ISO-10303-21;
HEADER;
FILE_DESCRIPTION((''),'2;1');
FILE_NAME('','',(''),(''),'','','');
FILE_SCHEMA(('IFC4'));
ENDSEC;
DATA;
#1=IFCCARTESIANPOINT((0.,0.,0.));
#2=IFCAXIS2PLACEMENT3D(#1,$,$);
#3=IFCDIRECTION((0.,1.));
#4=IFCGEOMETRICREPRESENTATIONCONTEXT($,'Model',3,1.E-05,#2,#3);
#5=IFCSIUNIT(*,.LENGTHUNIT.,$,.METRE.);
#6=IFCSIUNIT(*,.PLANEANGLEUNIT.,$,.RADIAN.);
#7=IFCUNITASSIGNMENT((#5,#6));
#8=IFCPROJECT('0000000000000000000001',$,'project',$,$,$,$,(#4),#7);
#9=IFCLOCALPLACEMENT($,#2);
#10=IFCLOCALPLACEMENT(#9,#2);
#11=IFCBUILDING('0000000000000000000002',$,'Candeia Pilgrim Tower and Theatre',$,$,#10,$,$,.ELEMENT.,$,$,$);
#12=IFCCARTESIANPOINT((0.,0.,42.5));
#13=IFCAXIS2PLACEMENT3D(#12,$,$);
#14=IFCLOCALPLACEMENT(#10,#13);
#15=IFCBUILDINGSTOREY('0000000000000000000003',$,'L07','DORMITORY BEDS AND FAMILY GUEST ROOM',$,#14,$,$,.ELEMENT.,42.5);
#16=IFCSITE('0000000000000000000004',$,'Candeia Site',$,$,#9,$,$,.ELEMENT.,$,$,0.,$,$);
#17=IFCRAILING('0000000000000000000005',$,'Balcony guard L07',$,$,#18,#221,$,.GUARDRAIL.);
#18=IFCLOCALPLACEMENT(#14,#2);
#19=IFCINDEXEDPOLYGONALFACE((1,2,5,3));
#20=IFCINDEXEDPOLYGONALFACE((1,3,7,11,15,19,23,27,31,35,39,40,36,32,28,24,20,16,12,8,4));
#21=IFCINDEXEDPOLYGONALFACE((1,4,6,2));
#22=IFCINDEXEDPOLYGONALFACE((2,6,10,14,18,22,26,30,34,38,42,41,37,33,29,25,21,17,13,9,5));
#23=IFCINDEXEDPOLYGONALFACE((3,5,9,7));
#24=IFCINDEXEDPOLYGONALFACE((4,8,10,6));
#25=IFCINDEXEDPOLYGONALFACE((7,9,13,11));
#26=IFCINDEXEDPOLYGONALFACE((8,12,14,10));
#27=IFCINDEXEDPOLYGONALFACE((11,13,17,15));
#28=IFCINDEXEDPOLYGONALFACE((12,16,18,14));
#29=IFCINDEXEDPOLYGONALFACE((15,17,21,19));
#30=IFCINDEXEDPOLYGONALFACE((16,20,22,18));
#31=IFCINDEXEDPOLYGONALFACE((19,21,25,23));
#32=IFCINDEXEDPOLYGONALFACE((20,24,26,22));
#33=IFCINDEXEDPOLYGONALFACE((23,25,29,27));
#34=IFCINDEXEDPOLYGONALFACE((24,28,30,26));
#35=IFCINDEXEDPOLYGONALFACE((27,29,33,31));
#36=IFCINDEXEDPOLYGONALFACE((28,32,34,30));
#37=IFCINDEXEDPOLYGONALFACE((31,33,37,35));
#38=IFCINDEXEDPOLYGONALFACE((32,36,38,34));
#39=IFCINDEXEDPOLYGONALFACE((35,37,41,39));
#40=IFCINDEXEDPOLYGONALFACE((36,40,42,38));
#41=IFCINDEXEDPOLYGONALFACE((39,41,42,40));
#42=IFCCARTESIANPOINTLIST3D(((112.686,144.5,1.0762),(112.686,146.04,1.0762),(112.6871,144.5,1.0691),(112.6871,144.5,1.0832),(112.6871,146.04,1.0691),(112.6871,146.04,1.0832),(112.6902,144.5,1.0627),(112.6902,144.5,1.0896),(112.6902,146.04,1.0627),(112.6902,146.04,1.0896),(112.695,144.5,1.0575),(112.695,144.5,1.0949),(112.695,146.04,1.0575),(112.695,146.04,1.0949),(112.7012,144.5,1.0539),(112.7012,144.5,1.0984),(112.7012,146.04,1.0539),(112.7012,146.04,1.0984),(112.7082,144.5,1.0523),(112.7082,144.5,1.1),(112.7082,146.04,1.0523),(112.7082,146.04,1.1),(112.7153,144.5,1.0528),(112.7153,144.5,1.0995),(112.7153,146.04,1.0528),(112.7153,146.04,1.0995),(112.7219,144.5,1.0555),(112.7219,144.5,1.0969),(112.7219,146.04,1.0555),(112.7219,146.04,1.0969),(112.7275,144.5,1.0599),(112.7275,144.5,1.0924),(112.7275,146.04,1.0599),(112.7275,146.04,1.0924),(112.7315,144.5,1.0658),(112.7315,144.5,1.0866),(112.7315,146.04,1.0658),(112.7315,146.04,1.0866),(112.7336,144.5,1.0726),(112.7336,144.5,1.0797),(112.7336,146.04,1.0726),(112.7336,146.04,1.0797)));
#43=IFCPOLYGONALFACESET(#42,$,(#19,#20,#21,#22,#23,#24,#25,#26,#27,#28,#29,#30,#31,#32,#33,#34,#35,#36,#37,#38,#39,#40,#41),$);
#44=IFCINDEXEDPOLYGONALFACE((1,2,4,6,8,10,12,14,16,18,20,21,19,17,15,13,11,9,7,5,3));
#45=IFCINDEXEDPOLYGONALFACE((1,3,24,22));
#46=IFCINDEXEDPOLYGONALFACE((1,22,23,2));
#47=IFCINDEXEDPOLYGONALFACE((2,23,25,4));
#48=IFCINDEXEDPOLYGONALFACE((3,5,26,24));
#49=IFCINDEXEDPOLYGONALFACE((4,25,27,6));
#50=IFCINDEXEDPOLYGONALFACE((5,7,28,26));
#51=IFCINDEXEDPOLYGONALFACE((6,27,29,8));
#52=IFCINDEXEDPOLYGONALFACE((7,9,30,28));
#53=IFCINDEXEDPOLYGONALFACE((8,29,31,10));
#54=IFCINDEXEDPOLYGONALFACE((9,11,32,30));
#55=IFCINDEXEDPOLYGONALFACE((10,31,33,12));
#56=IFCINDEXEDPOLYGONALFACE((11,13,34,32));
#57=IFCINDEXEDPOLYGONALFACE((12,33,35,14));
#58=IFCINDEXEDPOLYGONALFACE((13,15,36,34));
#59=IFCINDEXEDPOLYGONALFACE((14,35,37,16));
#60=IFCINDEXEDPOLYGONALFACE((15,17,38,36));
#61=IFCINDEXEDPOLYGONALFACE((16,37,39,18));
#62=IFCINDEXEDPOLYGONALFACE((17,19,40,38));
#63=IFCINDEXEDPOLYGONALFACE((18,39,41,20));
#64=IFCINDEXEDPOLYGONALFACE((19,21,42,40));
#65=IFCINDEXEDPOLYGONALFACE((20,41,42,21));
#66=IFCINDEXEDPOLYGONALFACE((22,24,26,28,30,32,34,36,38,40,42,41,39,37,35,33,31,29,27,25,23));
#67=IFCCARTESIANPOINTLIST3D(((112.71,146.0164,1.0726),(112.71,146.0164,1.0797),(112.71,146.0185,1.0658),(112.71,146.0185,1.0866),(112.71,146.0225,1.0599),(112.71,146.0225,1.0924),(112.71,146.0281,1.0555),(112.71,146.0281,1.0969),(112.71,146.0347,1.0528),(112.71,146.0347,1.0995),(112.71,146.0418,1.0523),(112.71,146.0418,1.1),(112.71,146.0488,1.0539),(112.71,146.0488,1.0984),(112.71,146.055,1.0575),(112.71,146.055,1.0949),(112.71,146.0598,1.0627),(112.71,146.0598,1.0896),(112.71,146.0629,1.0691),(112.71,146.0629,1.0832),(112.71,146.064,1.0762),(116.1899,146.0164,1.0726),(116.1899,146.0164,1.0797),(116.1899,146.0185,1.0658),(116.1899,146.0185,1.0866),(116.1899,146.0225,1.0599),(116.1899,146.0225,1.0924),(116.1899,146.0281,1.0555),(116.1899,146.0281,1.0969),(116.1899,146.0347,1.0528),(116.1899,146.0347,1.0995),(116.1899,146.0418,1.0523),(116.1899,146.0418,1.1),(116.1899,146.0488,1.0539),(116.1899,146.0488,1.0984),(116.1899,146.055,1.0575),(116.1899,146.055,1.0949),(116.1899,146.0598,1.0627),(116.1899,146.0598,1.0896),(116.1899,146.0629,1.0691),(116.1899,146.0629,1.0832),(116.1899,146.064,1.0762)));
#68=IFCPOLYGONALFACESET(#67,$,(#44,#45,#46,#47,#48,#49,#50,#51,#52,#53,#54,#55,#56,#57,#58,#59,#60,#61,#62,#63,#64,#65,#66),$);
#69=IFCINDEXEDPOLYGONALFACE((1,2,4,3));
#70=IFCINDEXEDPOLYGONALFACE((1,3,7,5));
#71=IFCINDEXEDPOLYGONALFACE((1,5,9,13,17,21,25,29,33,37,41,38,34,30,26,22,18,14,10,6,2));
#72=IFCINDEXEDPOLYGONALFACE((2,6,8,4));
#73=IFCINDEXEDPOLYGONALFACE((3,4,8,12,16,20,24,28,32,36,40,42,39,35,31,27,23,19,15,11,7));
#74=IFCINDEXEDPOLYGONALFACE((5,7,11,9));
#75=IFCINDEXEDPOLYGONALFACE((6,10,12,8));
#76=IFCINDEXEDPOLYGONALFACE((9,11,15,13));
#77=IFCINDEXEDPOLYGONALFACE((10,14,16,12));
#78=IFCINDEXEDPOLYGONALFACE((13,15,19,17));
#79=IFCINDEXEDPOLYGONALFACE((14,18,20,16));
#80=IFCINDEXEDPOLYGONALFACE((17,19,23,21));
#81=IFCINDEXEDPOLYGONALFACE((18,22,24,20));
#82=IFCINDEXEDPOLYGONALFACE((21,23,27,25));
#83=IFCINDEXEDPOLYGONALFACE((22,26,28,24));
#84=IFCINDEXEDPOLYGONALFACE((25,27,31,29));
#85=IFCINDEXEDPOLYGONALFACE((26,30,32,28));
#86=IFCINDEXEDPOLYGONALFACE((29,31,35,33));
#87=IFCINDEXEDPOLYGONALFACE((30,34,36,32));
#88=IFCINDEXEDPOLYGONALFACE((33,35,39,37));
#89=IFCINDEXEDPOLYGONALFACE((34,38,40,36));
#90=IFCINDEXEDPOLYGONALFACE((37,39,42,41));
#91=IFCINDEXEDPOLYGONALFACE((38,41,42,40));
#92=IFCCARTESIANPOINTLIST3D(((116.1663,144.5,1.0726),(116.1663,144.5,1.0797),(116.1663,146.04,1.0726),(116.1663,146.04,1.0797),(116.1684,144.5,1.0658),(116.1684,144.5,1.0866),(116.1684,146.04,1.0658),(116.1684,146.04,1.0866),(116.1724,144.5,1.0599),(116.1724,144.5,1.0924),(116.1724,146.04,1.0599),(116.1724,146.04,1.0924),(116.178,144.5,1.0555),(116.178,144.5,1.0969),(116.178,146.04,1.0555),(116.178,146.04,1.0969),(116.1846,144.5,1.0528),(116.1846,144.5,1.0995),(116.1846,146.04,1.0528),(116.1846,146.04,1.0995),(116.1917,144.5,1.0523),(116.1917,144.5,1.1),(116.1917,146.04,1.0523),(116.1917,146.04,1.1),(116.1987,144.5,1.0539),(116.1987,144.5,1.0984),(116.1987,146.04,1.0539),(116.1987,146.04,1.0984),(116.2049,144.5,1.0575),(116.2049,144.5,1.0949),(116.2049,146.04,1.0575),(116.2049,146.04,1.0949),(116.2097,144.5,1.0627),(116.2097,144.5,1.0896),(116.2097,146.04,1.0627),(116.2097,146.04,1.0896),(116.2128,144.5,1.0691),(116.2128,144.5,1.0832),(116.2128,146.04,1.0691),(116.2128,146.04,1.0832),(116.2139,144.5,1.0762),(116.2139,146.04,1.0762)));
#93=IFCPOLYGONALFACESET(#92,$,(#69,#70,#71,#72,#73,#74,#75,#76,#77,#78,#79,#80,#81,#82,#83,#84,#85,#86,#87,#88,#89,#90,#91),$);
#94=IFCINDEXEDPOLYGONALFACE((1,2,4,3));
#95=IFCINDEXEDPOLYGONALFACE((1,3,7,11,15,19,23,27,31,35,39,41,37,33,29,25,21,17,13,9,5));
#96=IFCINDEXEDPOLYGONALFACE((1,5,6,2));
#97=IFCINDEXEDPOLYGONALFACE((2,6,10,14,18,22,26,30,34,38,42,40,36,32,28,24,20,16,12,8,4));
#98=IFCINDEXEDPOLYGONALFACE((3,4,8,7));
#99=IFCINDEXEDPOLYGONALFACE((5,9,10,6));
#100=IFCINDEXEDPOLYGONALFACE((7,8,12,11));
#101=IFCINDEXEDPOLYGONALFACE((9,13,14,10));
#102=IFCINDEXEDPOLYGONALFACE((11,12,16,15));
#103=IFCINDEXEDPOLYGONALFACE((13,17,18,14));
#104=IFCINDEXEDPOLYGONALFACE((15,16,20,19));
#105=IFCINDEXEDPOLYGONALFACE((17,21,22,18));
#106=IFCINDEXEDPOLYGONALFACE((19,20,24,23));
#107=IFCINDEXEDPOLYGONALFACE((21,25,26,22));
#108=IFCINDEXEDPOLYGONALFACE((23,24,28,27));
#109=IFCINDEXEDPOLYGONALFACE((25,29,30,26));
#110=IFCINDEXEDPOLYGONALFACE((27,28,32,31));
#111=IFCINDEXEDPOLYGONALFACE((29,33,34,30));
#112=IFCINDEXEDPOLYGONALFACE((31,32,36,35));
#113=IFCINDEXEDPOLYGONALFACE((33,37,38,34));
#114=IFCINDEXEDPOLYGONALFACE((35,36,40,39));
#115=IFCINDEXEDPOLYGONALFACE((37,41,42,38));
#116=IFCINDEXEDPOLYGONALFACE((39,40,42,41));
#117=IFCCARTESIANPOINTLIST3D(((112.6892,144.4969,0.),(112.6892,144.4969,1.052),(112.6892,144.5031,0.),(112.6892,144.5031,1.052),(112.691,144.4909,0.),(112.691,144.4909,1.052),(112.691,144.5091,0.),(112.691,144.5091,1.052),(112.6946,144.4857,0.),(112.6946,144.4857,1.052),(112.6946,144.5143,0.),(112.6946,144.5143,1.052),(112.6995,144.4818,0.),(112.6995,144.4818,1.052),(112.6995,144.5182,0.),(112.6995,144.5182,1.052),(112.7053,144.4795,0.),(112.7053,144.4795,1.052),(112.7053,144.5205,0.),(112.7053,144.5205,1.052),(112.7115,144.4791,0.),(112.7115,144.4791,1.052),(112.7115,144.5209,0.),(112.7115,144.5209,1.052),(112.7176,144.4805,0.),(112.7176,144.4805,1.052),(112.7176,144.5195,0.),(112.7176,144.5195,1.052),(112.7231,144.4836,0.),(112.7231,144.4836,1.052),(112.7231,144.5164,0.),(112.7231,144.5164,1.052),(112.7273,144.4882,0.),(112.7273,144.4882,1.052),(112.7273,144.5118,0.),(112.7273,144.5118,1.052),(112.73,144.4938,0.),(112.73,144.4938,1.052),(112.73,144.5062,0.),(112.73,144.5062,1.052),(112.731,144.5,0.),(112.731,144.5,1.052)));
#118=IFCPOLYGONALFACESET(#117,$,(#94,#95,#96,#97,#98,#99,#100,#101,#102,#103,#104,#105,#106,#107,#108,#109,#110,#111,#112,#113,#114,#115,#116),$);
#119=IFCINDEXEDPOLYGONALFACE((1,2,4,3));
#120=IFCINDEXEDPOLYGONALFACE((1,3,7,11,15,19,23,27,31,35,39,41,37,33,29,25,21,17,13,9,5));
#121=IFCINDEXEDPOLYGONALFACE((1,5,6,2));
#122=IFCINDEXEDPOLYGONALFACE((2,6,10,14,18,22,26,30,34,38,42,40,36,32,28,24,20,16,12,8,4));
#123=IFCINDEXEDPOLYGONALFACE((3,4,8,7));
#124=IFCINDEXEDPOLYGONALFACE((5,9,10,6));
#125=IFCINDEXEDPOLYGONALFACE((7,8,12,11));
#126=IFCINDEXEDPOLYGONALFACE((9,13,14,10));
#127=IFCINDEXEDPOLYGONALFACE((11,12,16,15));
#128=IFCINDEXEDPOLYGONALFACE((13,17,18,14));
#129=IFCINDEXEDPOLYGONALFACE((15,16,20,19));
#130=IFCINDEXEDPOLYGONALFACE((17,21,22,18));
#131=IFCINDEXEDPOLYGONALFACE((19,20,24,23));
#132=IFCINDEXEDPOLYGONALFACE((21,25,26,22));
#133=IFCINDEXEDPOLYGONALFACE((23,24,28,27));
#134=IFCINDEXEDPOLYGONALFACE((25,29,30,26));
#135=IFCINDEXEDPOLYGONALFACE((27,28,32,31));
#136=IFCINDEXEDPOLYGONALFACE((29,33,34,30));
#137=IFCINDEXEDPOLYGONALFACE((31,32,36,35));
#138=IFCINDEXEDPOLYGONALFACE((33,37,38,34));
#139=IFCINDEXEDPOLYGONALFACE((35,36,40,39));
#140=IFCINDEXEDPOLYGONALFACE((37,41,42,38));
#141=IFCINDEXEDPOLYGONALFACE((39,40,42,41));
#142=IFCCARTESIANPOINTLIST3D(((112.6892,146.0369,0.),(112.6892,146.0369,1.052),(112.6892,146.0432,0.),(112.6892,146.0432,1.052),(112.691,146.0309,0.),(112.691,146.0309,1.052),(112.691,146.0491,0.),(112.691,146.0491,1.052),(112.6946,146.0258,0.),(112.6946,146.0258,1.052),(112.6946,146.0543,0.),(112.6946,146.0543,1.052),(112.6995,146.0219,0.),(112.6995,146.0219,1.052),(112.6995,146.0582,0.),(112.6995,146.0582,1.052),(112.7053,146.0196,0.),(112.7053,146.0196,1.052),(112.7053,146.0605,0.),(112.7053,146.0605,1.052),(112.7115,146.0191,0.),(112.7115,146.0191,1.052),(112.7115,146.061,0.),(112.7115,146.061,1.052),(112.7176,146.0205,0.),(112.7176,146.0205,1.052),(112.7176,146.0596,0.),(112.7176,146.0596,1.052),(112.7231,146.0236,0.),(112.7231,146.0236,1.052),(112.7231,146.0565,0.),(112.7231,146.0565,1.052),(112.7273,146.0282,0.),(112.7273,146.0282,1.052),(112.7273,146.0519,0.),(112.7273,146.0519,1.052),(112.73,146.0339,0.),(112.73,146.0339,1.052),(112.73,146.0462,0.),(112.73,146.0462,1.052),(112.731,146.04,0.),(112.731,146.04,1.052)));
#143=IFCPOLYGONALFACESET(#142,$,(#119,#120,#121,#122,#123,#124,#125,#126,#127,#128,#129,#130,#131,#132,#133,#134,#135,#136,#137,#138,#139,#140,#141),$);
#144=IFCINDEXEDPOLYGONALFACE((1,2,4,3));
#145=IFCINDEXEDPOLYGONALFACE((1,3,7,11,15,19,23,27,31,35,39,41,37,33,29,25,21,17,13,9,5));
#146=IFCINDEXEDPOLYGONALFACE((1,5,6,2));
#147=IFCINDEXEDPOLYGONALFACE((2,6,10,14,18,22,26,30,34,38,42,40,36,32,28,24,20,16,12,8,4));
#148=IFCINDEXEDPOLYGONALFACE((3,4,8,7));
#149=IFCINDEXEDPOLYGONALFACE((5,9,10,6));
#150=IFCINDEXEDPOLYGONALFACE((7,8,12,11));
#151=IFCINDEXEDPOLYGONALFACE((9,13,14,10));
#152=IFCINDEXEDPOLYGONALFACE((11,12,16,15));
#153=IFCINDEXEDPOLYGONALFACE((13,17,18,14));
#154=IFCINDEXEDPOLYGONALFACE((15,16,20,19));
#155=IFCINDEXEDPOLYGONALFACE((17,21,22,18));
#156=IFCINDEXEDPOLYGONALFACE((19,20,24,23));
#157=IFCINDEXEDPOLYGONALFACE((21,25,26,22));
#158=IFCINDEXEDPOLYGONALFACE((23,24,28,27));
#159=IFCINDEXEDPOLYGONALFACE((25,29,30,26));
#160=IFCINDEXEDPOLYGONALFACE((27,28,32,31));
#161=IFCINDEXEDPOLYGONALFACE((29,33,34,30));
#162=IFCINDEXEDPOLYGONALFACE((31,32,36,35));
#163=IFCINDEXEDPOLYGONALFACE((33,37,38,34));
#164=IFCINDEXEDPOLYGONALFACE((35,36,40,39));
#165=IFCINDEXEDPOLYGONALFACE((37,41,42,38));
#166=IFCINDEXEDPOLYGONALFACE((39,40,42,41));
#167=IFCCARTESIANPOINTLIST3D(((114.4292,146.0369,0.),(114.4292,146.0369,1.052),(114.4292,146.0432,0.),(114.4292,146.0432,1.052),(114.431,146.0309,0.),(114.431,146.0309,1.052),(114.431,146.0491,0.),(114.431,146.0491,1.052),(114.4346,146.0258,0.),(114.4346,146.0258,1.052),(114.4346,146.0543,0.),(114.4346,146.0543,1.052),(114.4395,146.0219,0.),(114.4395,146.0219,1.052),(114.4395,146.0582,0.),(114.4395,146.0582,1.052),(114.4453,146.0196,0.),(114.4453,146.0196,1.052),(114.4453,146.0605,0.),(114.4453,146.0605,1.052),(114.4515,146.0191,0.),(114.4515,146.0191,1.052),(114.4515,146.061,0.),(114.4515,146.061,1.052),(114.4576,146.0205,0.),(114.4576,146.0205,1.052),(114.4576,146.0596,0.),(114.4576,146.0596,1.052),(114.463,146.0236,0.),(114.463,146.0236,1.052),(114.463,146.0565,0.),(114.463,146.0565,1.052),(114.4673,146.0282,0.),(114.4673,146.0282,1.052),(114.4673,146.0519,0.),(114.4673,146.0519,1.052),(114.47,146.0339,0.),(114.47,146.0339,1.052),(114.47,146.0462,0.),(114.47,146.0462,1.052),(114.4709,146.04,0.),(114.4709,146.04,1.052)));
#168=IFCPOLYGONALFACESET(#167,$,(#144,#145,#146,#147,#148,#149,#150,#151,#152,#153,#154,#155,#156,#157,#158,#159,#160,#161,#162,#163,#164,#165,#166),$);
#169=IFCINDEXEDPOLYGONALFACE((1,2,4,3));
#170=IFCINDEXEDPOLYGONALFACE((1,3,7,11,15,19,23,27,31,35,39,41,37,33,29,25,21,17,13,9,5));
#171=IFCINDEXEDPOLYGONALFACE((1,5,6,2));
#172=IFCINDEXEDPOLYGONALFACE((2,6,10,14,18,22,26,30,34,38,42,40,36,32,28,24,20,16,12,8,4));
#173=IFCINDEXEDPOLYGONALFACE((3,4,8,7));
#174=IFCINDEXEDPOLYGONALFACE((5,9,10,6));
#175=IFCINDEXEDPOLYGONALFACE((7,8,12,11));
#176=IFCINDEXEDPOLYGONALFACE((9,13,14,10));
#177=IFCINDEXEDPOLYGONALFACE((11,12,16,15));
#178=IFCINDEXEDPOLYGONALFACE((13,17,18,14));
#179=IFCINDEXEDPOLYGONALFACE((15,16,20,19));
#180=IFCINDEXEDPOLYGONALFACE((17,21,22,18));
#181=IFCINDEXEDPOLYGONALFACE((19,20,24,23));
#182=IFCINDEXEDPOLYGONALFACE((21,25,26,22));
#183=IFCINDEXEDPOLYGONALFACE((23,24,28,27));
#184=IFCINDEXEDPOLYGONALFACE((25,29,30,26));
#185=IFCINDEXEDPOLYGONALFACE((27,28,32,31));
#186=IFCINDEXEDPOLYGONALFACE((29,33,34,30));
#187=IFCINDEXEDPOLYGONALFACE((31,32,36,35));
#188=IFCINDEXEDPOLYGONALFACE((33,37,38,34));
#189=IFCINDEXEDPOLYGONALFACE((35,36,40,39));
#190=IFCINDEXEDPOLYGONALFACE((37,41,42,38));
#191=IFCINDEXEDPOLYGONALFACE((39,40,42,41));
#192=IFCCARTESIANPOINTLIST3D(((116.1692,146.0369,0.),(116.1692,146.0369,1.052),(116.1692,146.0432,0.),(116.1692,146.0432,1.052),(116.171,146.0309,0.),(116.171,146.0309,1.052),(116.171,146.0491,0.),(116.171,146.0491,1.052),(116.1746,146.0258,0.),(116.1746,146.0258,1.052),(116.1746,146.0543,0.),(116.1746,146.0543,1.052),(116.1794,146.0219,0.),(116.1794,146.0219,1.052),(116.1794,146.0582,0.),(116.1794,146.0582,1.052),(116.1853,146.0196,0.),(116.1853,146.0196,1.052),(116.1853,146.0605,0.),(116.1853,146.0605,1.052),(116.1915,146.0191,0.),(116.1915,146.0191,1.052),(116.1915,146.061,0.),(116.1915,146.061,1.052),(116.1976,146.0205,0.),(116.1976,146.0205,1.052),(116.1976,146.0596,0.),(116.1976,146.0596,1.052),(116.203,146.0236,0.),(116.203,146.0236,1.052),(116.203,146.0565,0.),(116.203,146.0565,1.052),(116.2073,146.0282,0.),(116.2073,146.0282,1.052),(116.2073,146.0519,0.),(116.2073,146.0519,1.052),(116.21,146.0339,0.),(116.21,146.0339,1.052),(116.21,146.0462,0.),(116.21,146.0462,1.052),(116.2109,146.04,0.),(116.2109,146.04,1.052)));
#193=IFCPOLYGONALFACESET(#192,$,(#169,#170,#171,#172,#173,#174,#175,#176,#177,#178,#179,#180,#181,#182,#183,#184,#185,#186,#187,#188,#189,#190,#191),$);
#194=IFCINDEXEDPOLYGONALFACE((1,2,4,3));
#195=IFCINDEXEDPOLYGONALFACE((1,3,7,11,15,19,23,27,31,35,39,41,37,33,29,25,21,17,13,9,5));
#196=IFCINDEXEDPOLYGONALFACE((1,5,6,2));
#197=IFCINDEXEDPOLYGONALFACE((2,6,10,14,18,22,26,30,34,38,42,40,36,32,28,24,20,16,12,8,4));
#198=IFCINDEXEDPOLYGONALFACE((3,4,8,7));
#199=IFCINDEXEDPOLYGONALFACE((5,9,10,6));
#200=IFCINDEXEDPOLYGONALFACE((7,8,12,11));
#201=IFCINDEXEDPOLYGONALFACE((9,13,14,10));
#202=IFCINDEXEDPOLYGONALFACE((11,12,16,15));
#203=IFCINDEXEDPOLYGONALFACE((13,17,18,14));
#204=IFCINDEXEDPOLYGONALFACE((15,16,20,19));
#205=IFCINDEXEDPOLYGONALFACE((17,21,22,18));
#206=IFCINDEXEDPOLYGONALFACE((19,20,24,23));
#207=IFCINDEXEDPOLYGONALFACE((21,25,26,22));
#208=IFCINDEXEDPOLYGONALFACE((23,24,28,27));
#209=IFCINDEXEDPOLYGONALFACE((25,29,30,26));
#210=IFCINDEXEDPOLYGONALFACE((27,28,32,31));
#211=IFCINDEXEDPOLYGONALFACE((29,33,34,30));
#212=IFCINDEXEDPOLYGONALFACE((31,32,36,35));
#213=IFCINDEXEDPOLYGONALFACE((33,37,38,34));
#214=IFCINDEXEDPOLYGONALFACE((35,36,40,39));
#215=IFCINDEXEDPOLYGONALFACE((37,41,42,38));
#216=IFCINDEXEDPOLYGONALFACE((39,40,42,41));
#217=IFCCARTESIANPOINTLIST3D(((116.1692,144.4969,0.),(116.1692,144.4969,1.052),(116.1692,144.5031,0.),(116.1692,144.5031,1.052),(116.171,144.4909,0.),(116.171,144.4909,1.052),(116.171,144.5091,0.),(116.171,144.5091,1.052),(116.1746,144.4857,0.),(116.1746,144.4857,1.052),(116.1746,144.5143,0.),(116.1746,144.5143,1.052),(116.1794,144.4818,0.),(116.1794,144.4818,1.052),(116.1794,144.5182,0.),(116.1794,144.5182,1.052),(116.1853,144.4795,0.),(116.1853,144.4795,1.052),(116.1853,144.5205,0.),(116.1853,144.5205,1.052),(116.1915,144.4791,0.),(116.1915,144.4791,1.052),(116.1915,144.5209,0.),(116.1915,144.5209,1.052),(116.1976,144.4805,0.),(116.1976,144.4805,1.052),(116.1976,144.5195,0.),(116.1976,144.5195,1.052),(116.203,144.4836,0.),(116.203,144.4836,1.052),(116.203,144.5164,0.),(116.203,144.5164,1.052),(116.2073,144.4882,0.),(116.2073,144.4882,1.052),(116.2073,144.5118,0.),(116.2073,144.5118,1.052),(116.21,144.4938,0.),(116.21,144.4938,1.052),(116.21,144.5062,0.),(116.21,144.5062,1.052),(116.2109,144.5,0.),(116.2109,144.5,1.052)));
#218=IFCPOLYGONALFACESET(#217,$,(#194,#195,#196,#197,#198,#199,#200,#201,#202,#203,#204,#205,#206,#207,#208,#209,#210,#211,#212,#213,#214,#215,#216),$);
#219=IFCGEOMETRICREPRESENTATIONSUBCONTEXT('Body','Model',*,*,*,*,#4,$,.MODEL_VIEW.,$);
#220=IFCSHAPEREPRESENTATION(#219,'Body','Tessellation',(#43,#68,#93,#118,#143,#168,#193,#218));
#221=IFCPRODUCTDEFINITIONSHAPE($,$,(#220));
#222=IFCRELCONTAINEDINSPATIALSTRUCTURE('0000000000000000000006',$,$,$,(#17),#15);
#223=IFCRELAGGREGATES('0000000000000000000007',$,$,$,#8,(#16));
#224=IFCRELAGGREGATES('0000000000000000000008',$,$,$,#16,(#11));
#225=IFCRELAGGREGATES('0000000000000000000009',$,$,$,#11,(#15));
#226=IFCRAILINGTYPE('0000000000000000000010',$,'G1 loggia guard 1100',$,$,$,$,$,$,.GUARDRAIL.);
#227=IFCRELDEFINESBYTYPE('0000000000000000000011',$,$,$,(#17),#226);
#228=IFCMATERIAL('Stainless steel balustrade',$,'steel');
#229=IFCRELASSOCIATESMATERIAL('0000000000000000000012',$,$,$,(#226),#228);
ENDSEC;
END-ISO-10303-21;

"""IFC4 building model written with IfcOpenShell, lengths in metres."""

from ifc_helpers import new_model, si_unit, direction, frame, origin, origin_2d, place, context, subcontext, project, spatial, circle, extrude, material, type_object, element, save


model = new_model("IFC4")

# Units and contexts
model_context = context("Model", 3, precision=1e-05, world=origin(), true_north=direction((0.0, 1.0)))
body_context = subcontext(model_context, "Body", "Model", "MODEL_VIEW")
ifc_project = project(units=[si_unit("LENGTHUNIT", "METRE"), si_unit("PLANEANGLEUNIT", "RADIAN")], contexts=[model_context])

# Site, building, storey
site_placement = place(None, origin())
site = spatial("IfcSite", under=ifc_project, at=site_placement, Name="Candeia Site", CompositionType="ELEMENT", RefElevation=0.0)
building_placement = place(site_placement, origin())
building = spatial("IfcBuilding", under=site, at=building_placement, Name="Candeia Pilgrim Tower and Theatre", CompositionType="ELEMENT")
storey_placement = place(building_placement, frame((0.0, 0.0, 42.5)))
storey = spatial("IfcBuildingStorey", under=building, at=storey_placement, Name="L07", Description="DORMITORY BEDS AND FAMILY GUEST ROOM", CompositionType="ELEMENT", Elevation=42.5)

# Railing
ifc_material_1 = material(Name="Stainless steel balustrade", Category="steel")
railing_type = type_object("IfcRailingType", Name="G1 loggia guard 1100", PredefinedType="GUARDRAIL", material=ifc_material_1)
railing_placement = place(storey_placement, frame((112.71, 144.5, 0.0)))
element("IfcRailing", 1, at=railing_placement, inside=storey, type_object=railing_type, Name="Balcony guard L07", PredefinedType="GUARDRAIL", context=body_context, shape_type="SweptSolid", body=[
    extrude(circle(Radius=0.0239, at=origin_2d()), frame((0.0, 0.0, 1.0762), z_axis=(0.0, 1.0, 0.0), x_axis=(-1.0, 0.0, 0.0)), (0.0, 0.0, 1.0), 1.54),
    extrude(circle(Radius=0.0239, at=origin_2d()), frame((0.0, 1.54, 1.0762), z_axis=(1.0, 0.0, 0.0), x_axis=(0.0, 1.0, 0.0)), (0.0, 0.0, 1.0), 3.48),
    extrude(circle(Radius=0.0239, at=origin_2d()), frame((3.48, 1.54, 1.0762), z_axis=(0.0, -1.0, 0.0), x_axis=(1.0, 0.0, 0.0)), (0.0, 0.0, 1.0), 1.54),
    extrude(circle(Radius=0.021, at=origin_2d()), origin(), (0.0, 0.0, 1.0), 1.052),
    extrude(circle(Radius=0.021, at=origin_2d()), frame((0.0, 1.54, 0.0)), (0.0, 0.0, 1.0), 1.052),
    extrude(circle(Radius=0.021, at=origin_2d()), frame((1.74, 1.54, 0.0)), (0.0, 0.0, 1.0), 1.052),
    extrude(circle(Radius=0.021, at=origin_2d()), frame((3.48, 1.54, 0.0)), (0.0, 0.0, 1.0), 1.052),
    extrude(circle(Radius=0.021, at=origin_2d()), frame((3.48, 0.0, 0.0)), (0.0, 0.0, 1.0), 1.052),
])

save(model, "model.ifc")
